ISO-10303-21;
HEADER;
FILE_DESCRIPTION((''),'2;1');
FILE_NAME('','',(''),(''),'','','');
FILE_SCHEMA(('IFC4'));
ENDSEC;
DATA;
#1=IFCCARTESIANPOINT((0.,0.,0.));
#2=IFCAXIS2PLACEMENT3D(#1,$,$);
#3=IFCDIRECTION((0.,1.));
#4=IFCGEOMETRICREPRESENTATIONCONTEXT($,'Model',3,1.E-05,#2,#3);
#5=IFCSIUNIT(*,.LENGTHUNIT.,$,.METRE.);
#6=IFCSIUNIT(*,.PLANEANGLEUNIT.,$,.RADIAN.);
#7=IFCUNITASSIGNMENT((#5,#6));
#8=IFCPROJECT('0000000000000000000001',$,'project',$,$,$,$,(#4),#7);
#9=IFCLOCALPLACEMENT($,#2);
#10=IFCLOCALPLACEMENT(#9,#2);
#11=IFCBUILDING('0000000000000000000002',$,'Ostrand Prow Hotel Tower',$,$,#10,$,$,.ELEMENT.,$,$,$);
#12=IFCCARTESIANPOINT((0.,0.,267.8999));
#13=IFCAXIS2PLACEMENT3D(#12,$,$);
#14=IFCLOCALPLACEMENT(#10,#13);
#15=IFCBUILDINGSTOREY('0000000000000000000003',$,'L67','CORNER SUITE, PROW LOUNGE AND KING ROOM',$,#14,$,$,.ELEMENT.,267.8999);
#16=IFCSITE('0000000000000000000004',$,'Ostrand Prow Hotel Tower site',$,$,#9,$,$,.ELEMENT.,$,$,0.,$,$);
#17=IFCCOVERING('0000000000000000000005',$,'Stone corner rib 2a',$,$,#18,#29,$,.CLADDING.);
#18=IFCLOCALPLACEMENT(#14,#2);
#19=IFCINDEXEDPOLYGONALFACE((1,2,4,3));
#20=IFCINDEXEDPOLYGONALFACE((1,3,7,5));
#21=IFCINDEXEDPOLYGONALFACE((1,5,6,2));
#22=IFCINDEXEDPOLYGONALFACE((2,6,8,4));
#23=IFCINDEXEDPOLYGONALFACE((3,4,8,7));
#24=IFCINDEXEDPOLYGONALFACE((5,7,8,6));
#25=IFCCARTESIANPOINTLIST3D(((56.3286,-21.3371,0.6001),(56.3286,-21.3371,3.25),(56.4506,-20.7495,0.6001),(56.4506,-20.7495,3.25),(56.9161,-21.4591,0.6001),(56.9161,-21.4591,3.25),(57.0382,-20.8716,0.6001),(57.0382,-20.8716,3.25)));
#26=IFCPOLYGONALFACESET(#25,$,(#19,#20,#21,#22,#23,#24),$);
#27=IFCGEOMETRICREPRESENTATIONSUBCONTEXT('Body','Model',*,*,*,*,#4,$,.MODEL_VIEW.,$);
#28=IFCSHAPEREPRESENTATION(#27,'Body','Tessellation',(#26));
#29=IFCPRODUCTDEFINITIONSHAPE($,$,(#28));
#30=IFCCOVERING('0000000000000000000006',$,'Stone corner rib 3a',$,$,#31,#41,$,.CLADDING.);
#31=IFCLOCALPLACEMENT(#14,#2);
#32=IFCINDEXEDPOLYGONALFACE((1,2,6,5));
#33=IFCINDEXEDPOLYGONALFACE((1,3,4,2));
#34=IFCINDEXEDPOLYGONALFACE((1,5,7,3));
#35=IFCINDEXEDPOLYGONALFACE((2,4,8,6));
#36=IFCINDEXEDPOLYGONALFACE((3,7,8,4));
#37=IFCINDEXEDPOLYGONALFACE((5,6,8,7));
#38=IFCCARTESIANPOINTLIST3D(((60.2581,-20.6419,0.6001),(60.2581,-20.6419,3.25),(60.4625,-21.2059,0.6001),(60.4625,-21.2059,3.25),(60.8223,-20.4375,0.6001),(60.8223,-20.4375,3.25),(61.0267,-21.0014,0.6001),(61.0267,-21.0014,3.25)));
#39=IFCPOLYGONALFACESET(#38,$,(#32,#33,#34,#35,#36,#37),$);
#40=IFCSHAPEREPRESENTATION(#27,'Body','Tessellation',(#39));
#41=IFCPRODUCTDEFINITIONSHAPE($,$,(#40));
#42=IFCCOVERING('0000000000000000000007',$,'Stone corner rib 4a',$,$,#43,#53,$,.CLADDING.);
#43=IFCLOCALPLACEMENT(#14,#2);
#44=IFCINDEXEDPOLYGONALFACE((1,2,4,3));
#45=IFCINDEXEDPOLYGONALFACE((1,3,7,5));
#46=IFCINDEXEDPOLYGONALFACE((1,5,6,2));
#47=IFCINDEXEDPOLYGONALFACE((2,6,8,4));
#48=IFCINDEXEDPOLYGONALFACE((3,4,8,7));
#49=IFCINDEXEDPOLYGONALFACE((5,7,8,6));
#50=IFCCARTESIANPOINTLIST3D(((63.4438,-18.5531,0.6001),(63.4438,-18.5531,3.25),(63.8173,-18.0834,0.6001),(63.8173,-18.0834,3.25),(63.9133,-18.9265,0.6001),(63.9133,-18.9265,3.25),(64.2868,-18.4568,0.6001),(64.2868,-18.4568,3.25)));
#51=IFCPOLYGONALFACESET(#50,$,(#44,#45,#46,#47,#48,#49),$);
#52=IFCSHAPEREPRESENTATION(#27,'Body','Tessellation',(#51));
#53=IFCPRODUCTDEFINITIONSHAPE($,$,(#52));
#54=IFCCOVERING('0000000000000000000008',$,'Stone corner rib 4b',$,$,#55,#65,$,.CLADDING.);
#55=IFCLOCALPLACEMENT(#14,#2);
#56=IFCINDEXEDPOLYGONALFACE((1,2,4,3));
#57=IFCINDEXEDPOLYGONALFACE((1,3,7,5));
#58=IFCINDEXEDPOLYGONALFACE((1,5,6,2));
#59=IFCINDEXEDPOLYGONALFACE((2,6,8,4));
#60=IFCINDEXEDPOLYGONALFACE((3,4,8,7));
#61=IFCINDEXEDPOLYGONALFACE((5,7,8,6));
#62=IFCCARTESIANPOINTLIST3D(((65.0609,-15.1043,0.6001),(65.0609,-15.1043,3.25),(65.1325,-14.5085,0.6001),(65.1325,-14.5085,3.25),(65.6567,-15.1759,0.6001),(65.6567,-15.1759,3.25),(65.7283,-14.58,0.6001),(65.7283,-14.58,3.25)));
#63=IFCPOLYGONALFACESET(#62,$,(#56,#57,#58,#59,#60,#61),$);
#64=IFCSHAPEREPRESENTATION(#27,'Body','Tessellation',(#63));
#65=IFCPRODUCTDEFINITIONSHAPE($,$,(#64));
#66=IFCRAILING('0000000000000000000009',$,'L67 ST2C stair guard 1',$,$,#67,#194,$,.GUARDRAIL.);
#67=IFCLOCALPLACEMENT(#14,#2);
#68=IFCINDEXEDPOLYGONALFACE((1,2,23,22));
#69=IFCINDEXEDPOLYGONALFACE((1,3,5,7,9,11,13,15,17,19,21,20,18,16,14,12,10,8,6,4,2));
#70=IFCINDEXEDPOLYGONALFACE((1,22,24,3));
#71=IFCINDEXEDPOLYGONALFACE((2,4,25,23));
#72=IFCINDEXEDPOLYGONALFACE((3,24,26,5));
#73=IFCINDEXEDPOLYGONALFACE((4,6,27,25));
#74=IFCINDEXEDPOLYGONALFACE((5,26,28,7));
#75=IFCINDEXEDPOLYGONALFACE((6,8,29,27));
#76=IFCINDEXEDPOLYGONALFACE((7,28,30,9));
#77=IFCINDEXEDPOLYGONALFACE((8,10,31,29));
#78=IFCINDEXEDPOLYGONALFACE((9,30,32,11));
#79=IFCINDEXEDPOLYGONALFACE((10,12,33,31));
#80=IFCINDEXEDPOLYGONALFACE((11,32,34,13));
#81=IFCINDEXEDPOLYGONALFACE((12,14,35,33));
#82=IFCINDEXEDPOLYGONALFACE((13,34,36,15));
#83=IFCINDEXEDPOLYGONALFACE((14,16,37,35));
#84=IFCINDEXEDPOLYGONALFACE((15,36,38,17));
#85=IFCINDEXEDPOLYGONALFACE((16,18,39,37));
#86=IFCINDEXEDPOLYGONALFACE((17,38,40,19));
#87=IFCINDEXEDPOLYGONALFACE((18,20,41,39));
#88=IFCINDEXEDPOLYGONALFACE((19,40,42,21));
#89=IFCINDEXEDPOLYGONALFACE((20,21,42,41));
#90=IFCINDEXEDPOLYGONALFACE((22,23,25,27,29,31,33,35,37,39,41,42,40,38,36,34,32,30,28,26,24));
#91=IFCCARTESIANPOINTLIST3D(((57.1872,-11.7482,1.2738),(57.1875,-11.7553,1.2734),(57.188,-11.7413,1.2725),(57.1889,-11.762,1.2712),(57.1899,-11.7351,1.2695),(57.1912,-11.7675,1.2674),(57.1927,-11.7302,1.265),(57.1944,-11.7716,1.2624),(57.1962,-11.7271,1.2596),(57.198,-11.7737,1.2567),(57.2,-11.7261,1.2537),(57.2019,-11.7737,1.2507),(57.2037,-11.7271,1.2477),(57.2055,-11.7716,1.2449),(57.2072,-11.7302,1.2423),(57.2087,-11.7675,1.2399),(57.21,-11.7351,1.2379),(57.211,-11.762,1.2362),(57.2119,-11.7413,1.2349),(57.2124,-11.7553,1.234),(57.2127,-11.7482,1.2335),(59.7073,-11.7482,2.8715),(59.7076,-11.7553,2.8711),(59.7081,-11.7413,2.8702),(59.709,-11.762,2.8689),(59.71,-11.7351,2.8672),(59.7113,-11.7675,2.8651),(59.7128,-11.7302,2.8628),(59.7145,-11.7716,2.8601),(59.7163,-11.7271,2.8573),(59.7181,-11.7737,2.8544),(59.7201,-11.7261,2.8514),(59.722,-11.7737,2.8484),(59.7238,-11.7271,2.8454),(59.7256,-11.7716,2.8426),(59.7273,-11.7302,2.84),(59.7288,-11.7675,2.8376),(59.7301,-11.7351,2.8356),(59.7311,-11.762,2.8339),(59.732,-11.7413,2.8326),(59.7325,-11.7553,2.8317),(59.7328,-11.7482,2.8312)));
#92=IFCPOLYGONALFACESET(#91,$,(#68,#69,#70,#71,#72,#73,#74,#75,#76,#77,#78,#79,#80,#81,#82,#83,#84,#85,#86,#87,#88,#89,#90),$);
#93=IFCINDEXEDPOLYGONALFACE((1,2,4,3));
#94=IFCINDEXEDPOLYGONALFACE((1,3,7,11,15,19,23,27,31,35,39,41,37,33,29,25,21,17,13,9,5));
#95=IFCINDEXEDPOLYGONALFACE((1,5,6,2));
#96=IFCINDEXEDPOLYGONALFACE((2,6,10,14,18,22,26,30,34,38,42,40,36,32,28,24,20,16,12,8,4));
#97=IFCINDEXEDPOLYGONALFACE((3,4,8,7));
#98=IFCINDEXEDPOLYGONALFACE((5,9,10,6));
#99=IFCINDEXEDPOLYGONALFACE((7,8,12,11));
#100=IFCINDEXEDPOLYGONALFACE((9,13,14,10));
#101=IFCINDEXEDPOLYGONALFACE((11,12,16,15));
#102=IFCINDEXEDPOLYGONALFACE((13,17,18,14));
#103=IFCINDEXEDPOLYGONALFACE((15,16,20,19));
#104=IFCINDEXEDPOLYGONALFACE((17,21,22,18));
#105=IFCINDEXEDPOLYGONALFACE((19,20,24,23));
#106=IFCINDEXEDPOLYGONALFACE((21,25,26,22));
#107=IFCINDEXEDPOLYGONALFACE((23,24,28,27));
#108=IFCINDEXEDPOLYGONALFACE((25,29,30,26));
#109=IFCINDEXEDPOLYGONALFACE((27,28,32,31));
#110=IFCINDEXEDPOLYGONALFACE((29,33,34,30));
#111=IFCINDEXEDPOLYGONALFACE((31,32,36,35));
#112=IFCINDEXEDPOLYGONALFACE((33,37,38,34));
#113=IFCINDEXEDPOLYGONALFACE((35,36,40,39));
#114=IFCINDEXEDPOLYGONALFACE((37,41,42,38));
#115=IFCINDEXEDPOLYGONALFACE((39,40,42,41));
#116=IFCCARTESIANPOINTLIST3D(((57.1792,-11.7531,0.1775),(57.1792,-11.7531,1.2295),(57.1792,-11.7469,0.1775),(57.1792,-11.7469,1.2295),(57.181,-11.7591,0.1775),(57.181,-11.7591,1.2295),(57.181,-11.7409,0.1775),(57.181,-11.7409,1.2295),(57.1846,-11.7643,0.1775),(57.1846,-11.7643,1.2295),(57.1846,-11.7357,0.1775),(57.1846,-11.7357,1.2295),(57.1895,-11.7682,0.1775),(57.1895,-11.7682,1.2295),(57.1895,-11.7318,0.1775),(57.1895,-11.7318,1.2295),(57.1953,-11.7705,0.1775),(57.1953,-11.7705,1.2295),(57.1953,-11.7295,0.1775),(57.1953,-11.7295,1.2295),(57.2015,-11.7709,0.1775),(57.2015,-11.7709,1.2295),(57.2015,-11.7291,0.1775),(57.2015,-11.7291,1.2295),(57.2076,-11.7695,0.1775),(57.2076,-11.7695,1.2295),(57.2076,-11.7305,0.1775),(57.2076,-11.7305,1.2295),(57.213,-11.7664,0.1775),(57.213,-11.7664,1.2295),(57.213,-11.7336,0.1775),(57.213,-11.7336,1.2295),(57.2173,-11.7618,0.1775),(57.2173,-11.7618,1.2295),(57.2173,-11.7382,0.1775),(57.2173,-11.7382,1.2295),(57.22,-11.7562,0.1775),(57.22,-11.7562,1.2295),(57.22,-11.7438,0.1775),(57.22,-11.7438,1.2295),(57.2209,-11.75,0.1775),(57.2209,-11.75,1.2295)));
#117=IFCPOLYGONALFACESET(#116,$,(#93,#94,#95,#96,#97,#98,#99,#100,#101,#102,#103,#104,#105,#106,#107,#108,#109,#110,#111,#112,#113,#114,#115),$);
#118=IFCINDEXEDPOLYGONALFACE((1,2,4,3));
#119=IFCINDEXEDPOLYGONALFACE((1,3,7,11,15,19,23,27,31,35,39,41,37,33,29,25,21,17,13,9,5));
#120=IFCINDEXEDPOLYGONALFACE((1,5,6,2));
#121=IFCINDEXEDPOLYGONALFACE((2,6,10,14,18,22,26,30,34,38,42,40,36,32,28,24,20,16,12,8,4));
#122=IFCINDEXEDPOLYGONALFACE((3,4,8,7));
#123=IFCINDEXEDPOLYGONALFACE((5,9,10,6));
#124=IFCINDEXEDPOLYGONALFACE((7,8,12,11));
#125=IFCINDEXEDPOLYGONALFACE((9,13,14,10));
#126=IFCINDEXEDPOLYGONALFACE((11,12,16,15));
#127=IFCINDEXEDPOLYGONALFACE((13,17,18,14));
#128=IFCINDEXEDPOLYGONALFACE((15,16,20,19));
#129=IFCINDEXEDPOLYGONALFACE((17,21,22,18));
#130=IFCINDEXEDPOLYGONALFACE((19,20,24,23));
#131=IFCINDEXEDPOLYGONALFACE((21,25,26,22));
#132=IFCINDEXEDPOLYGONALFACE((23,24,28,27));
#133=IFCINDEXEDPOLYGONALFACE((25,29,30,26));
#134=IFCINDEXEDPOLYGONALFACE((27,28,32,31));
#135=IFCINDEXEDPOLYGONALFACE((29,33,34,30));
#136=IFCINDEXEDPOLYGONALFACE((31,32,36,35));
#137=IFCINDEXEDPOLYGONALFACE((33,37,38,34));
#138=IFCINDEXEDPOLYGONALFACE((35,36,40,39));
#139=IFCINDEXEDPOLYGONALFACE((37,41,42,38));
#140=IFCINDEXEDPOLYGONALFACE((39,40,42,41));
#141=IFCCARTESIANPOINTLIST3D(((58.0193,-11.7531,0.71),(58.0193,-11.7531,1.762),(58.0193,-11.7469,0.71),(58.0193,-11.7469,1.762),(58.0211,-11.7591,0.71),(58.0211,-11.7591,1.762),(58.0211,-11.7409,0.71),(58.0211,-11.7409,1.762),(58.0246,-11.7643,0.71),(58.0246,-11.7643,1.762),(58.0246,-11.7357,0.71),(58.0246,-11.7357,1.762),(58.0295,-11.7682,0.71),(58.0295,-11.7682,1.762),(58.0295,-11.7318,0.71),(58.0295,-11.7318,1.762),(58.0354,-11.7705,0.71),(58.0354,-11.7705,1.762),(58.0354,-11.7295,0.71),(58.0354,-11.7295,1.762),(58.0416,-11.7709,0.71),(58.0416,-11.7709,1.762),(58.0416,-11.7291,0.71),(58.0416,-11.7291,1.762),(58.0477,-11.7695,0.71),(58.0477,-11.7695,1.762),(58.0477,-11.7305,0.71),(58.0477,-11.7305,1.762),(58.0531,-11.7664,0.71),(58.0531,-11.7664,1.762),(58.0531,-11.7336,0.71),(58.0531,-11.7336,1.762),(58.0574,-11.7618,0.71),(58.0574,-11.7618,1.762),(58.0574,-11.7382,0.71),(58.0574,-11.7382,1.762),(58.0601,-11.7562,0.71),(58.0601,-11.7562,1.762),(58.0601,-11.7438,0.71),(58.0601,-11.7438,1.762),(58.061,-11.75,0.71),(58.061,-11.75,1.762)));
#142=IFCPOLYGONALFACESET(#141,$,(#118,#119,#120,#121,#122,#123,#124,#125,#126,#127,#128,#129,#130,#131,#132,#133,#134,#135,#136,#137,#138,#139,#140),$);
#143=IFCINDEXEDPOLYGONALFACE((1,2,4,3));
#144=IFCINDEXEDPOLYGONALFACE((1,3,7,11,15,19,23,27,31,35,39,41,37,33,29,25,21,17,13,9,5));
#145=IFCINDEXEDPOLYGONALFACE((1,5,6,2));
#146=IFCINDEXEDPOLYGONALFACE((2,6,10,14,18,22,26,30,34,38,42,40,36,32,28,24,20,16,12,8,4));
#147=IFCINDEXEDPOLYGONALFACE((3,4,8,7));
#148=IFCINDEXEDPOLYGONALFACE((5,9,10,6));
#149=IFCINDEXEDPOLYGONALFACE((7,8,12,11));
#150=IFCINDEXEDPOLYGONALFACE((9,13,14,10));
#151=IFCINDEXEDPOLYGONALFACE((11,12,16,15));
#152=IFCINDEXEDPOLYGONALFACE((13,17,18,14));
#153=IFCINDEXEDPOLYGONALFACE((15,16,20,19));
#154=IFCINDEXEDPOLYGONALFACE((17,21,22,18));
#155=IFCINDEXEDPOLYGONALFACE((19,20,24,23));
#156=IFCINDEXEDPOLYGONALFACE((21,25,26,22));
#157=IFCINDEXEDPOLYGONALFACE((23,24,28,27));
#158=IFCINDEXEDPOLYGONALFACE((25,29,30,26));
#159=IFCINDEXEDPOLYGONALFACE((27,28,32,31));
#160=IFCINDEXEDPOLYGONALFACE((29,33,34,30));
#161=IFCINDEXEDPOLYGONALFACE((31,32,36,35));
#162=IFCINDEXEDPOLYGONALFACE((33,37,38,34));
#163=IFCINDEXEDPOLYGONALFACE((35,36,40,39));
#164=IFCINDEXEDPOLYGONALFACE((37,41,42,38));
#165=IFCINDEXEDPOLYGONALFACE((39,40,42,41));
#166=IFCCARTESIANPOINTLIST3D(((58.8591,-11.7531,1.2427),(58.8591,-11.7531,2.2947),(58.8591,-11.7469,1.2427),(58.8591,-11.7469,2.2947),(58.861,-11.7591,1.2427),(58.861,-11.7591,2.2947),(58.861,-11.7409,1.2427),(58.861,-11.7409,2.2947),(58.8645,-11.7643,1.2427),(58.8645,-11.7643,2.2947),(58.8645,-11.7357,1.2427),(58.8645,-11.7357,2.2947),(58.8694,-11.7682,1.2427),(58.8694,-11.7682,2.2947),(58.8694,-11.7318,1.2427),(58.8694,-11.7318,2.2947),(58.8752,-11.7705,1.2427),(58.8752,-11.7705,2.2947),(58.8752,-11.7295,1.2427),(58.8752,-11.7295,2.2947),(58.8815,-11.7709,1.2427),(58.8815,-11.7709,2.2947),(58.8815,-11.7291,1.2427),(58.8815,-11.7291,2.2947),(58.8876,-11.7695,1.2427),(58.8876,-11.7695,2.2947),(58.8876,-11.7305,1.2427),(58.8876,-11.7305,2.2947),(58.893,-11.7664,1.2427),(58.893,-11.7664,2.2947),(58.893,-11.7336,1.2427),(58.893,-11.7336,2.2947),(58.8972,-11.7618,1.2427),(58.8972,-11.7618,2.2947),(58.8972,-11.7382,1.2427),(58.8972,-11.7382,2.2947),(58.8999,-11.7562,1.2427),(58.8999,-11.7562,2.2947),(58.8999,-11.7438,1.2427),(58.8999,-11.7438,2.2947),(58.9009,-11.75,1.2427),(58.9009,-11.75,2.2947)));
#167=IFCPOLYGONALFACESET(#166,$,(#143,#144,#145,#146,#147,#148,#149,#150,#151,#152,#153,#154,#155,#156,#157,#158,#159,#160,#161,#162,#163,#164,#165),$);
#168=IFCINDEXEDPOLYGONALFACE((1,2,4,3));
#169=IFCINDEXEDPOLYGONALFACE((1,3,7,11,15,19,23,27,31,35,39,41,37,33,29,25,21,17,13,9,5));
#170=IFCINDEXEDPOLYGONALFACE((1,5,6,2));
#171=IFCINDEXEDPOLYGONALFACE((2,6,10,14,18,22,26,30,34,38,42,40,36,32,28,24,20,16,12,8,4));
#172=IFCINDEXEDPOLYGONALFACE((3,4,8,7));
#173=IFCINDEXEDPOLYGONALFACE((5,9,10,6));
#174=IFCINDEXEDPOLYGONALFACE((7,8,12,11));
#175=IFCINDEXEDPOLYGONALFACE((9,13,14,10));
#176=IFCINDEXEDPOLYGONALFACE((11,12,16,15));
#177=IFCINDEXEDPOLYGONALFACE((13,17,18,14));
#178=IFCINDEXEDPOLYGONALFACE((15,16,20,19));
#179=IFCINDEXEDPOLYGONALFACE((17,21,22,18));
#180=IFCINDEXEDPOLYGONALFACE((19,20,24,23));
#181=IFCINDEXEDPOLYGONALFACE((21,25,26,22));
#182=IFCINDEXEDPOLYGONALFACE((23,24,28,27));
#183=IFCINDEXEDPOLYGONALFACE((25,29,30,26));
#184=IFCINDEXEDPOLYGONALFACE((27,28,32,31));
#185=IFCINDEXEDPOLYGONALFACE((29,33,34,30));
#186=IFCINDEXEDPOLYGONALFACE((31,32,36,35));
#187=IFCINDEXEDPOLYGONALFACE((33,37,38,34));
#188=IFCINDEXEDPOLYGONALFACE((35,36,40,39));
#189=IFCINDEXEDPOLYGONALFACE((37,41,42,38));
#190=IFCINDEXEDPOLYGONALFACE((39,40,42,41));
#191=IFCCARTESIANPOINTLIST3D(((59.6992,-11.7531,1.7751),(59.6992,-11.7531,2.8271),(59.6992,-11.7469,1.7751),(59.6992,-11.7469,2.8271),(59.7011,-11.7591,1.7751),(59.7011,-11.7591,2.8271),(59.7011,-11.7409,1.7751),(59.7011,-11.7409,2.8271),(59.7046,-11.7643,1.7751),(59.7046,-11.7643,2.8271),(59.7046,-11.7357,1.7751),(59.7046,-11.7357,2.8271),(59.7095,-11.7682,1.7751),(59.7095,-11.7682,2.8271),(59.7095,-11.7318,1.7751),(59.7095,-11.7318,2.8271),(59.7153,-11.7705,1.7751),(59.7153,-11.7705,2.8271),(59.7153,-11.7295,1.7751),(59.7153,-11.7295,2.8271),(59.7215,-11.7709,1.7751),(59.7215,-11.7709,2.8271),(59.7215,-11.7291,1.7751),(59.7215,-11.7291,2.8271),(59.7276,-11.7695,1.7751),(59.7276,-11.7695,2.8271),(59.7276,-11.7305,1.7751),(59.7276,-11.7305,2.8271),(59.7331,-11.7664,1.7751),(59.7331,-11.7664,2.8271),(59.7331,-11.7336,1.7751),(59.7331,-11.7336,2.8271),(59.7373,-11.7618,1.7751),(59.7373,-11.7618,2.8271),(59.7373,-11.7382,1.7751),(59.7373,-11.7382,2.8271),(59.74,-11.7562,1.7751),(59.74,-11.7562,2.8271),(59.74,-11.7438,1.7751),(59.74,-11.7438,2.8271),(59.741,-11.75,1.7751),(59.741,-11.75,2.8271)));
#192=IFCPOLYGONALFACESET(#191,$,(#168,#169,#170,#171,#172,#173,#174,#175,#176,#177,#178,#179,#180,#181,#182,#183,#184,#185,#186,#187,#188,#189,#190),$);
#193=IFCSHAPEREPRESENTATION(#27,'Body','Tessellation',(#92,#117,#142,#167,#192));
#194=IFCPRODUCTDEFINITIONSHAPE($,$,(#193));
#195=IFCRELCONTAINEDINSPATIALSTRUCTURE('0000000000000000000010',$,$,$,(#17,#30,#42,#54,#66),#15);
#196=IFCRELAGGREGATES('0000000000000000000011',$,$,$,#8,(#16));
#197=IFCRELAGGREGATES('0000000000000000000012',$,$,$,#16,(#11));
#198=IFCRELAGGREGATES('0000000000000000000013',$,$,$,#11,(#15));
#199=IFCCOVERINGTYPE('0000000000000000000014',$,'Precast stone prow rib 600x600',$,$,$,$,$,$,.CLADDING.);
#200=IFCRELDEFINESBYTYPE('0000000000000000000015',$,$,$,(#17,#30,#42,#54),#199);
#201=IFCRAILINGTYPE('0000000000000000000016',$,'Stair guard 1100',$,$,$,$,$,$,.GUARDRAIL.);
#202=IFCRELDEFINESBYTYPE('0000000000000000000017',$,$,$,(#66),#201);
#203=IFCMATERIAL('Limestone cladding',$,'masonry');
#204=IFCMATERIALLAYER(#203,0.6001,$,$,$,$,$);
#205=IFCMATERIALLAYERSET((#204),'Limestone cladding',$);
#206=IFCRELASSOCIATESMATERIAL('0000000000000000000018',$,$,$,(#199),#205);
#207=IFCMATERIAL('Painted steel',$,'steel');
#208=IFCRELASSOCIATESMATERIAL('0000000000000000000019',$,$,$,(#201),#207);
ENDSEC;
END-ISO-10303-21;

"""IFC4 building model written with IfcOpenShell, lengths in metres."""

from ifc_helpers import new_model, si_unit, direction, frame, frame_2d, origin, origin_2d, place, context, subcontext, project, spatial, rectangle, circle, extrude, material, layer, layer_set, type_object, element, save


model = new_model("IFC4")

# Units and contexts
model_context = context("Model", 3, precision=1e-05, world=origin(), true_north=direction((0.0, 1.0)))
body_context = subcontext(model_context, "Body", "Model", "MODEL_VIEW")
ifc_project = project(units=[si_unit("LENGTHUNIT", "METRE"), si_unit("PLANEANGLEUNIT", "RADIAN")], contexts=[model_context])

# Site, building, storey
site_placement = place(None, origin())
site = spatial("IfcSite", under=ifc_project, at=site_placement, Name="Ostrand Prow Hotel Tower site", CompositionType="ELEMENT", RefElevation=0.0)
building_placement = place(site_placement, origin())
building = spatial("IfcBuilding", under=site, at=building_placement, Name="Ostrand Prow Hotel Tower", CompositionType="ELEMENT")
storey_placement = place(building_placement, frame((0.0, 0.0, 267.8999)))
storey = spatial("IfcBuildingStorey", under=building, at=storey_placement, Name="L67", Description="CORNER SUITE, PROW LOUNGE AND KING ROOM", CompositionType="ELEMENT", Elevation=267.8999)

# Coverings
ifc_material_1 = material(Name="Limestone cladding", Category="masonry")
ifc_layer_1 = layer(ifc_material_1, 0.6001)
ifc_layer_set_1 = layer_set([ifc_layer_1], Name="Limestone cladding")
covering_type = type_object("IfcCoveringType", Name="Precast stone prow rib 600x600", PredefinedType="CLADDING", material=ifc_layer_set_1)
covering_1_placement = place(storey_placement, frame((56.7444, -20.8105, 0.6001), z_axis=(0.0, 0.0, 1.0), x_axis=(-0.203386, -0.979099, 0.0)))
element("IfcCovering", 1, at=covering_1_placement, inside=storey, type_object=covering_type, Name="Stone corner rib 2a", PredefinedType="CLADDING", context=body_context, shape_type="SweptSolid", body=[
    extrude(rectangle(XDim=0.6001, YDim=0.6001, at=frame_2d((0.3, 0.0))), origin(), (0.0, 0.0, 1.0), 2.6499),
])
for number, where, z_axis, x_axis, name in (
    (2, (60.5403, -20.5398, 0.6001), (0.0, 0.0, 1.0), (0.340664, -0.940185, 0.0), "Stone corner rib 3a"),
    (3, (63.6306, -18.3184, 0.6001), (0.0, 0.0, 1.0), (0.782732, -0.622359, 0.0), "Stone corner rib 4a"),
):
    element("IfcCovering", number, at=place(storey_placement, frame(where, z_axis=z_axis, x_axis=x_axis)), inside=storey, type_object=covering_type, Name=name, PredefinedType="CLADDING", context=body_context, shape_type="SweptSolid", body=[
        extrude(rectangle(XDim=0.5999, YDim=0.6001, at=frame_2d((0.2998, 0.0))), origin(), (0.0, 0.0, 1.0), 2.6499),
    ])
covering_2_placement = place(storey_placement, frame((65.0967, -14.8064, 0.6001), z_axis=(0.0, 0.0, 1.0), x_axis=(0.992867, -0.119225, 0.0)))
element("IfcCovering", 4, at=covering_2_placement, inside=storey, type_object=covering_type, Name="Stone corner rib 4b", PredefinedType="CLADDING", context=body_context, shape_type="SweptSolid", body=[
    extrude(rectangle(XDim=0.6001, YDim=0.6001, at=frame_2d((0.3, 0.0))), origin(), (0.0, 0.0, 1.0), 2.6499),
])

# Railing
ifc_material_2 = material(Name="Painted steel", Category="steel")
railing_type_1 = type_object("IfcRailingType", Name="Stair guard 1100", PredefinedType="GUARDRAIL", material=ifc_material_2)
railing_1_placement = place(storey_placement, frame((57.2, -11.75, 0.1775)))
element("IfcRailing", 5, at=railing_1_placement, inside=storey, type_object=railing_type_1, Name="L67 ST2C stair guard 1", PredefinedType="GUARDRAIL", context=body_context, shape_type="SweptSolid", body=[
    extrude(circle(Radius=0.0239, at=origin_2d()), frame((0.0, 0.0, 1.0762), z_axis=(0.84457, 0.0, 0.535445), x_axis=(0.0, 1.0, 0.0)), (0.0, 0.0, 1.0), 2.9839),
    extrude(circle(Radius=0.021, at=origin_2d()), origin(), (0.0, 0.0, 1.0), 1.052),
    extrude(circle(Radius=0.021, at=origin_2d()), frame((0.8401, 0.0, 0.5325)), (0.0, 0.0, 1.0), 1.052),
    extrude(circle(Radius=0.021, at=origin_2d()), frame((1.6799, 0.0, 1.0652)), (0.0, 0.0, 1.0), 1.052),
    extrude(circle(Radius=0.021, at=origin_2d()), frame((2.52, 0.0, 1.5977)), (0.0, 0.0, 1.0), 1.052),
])

save(model, "model.ifc")
